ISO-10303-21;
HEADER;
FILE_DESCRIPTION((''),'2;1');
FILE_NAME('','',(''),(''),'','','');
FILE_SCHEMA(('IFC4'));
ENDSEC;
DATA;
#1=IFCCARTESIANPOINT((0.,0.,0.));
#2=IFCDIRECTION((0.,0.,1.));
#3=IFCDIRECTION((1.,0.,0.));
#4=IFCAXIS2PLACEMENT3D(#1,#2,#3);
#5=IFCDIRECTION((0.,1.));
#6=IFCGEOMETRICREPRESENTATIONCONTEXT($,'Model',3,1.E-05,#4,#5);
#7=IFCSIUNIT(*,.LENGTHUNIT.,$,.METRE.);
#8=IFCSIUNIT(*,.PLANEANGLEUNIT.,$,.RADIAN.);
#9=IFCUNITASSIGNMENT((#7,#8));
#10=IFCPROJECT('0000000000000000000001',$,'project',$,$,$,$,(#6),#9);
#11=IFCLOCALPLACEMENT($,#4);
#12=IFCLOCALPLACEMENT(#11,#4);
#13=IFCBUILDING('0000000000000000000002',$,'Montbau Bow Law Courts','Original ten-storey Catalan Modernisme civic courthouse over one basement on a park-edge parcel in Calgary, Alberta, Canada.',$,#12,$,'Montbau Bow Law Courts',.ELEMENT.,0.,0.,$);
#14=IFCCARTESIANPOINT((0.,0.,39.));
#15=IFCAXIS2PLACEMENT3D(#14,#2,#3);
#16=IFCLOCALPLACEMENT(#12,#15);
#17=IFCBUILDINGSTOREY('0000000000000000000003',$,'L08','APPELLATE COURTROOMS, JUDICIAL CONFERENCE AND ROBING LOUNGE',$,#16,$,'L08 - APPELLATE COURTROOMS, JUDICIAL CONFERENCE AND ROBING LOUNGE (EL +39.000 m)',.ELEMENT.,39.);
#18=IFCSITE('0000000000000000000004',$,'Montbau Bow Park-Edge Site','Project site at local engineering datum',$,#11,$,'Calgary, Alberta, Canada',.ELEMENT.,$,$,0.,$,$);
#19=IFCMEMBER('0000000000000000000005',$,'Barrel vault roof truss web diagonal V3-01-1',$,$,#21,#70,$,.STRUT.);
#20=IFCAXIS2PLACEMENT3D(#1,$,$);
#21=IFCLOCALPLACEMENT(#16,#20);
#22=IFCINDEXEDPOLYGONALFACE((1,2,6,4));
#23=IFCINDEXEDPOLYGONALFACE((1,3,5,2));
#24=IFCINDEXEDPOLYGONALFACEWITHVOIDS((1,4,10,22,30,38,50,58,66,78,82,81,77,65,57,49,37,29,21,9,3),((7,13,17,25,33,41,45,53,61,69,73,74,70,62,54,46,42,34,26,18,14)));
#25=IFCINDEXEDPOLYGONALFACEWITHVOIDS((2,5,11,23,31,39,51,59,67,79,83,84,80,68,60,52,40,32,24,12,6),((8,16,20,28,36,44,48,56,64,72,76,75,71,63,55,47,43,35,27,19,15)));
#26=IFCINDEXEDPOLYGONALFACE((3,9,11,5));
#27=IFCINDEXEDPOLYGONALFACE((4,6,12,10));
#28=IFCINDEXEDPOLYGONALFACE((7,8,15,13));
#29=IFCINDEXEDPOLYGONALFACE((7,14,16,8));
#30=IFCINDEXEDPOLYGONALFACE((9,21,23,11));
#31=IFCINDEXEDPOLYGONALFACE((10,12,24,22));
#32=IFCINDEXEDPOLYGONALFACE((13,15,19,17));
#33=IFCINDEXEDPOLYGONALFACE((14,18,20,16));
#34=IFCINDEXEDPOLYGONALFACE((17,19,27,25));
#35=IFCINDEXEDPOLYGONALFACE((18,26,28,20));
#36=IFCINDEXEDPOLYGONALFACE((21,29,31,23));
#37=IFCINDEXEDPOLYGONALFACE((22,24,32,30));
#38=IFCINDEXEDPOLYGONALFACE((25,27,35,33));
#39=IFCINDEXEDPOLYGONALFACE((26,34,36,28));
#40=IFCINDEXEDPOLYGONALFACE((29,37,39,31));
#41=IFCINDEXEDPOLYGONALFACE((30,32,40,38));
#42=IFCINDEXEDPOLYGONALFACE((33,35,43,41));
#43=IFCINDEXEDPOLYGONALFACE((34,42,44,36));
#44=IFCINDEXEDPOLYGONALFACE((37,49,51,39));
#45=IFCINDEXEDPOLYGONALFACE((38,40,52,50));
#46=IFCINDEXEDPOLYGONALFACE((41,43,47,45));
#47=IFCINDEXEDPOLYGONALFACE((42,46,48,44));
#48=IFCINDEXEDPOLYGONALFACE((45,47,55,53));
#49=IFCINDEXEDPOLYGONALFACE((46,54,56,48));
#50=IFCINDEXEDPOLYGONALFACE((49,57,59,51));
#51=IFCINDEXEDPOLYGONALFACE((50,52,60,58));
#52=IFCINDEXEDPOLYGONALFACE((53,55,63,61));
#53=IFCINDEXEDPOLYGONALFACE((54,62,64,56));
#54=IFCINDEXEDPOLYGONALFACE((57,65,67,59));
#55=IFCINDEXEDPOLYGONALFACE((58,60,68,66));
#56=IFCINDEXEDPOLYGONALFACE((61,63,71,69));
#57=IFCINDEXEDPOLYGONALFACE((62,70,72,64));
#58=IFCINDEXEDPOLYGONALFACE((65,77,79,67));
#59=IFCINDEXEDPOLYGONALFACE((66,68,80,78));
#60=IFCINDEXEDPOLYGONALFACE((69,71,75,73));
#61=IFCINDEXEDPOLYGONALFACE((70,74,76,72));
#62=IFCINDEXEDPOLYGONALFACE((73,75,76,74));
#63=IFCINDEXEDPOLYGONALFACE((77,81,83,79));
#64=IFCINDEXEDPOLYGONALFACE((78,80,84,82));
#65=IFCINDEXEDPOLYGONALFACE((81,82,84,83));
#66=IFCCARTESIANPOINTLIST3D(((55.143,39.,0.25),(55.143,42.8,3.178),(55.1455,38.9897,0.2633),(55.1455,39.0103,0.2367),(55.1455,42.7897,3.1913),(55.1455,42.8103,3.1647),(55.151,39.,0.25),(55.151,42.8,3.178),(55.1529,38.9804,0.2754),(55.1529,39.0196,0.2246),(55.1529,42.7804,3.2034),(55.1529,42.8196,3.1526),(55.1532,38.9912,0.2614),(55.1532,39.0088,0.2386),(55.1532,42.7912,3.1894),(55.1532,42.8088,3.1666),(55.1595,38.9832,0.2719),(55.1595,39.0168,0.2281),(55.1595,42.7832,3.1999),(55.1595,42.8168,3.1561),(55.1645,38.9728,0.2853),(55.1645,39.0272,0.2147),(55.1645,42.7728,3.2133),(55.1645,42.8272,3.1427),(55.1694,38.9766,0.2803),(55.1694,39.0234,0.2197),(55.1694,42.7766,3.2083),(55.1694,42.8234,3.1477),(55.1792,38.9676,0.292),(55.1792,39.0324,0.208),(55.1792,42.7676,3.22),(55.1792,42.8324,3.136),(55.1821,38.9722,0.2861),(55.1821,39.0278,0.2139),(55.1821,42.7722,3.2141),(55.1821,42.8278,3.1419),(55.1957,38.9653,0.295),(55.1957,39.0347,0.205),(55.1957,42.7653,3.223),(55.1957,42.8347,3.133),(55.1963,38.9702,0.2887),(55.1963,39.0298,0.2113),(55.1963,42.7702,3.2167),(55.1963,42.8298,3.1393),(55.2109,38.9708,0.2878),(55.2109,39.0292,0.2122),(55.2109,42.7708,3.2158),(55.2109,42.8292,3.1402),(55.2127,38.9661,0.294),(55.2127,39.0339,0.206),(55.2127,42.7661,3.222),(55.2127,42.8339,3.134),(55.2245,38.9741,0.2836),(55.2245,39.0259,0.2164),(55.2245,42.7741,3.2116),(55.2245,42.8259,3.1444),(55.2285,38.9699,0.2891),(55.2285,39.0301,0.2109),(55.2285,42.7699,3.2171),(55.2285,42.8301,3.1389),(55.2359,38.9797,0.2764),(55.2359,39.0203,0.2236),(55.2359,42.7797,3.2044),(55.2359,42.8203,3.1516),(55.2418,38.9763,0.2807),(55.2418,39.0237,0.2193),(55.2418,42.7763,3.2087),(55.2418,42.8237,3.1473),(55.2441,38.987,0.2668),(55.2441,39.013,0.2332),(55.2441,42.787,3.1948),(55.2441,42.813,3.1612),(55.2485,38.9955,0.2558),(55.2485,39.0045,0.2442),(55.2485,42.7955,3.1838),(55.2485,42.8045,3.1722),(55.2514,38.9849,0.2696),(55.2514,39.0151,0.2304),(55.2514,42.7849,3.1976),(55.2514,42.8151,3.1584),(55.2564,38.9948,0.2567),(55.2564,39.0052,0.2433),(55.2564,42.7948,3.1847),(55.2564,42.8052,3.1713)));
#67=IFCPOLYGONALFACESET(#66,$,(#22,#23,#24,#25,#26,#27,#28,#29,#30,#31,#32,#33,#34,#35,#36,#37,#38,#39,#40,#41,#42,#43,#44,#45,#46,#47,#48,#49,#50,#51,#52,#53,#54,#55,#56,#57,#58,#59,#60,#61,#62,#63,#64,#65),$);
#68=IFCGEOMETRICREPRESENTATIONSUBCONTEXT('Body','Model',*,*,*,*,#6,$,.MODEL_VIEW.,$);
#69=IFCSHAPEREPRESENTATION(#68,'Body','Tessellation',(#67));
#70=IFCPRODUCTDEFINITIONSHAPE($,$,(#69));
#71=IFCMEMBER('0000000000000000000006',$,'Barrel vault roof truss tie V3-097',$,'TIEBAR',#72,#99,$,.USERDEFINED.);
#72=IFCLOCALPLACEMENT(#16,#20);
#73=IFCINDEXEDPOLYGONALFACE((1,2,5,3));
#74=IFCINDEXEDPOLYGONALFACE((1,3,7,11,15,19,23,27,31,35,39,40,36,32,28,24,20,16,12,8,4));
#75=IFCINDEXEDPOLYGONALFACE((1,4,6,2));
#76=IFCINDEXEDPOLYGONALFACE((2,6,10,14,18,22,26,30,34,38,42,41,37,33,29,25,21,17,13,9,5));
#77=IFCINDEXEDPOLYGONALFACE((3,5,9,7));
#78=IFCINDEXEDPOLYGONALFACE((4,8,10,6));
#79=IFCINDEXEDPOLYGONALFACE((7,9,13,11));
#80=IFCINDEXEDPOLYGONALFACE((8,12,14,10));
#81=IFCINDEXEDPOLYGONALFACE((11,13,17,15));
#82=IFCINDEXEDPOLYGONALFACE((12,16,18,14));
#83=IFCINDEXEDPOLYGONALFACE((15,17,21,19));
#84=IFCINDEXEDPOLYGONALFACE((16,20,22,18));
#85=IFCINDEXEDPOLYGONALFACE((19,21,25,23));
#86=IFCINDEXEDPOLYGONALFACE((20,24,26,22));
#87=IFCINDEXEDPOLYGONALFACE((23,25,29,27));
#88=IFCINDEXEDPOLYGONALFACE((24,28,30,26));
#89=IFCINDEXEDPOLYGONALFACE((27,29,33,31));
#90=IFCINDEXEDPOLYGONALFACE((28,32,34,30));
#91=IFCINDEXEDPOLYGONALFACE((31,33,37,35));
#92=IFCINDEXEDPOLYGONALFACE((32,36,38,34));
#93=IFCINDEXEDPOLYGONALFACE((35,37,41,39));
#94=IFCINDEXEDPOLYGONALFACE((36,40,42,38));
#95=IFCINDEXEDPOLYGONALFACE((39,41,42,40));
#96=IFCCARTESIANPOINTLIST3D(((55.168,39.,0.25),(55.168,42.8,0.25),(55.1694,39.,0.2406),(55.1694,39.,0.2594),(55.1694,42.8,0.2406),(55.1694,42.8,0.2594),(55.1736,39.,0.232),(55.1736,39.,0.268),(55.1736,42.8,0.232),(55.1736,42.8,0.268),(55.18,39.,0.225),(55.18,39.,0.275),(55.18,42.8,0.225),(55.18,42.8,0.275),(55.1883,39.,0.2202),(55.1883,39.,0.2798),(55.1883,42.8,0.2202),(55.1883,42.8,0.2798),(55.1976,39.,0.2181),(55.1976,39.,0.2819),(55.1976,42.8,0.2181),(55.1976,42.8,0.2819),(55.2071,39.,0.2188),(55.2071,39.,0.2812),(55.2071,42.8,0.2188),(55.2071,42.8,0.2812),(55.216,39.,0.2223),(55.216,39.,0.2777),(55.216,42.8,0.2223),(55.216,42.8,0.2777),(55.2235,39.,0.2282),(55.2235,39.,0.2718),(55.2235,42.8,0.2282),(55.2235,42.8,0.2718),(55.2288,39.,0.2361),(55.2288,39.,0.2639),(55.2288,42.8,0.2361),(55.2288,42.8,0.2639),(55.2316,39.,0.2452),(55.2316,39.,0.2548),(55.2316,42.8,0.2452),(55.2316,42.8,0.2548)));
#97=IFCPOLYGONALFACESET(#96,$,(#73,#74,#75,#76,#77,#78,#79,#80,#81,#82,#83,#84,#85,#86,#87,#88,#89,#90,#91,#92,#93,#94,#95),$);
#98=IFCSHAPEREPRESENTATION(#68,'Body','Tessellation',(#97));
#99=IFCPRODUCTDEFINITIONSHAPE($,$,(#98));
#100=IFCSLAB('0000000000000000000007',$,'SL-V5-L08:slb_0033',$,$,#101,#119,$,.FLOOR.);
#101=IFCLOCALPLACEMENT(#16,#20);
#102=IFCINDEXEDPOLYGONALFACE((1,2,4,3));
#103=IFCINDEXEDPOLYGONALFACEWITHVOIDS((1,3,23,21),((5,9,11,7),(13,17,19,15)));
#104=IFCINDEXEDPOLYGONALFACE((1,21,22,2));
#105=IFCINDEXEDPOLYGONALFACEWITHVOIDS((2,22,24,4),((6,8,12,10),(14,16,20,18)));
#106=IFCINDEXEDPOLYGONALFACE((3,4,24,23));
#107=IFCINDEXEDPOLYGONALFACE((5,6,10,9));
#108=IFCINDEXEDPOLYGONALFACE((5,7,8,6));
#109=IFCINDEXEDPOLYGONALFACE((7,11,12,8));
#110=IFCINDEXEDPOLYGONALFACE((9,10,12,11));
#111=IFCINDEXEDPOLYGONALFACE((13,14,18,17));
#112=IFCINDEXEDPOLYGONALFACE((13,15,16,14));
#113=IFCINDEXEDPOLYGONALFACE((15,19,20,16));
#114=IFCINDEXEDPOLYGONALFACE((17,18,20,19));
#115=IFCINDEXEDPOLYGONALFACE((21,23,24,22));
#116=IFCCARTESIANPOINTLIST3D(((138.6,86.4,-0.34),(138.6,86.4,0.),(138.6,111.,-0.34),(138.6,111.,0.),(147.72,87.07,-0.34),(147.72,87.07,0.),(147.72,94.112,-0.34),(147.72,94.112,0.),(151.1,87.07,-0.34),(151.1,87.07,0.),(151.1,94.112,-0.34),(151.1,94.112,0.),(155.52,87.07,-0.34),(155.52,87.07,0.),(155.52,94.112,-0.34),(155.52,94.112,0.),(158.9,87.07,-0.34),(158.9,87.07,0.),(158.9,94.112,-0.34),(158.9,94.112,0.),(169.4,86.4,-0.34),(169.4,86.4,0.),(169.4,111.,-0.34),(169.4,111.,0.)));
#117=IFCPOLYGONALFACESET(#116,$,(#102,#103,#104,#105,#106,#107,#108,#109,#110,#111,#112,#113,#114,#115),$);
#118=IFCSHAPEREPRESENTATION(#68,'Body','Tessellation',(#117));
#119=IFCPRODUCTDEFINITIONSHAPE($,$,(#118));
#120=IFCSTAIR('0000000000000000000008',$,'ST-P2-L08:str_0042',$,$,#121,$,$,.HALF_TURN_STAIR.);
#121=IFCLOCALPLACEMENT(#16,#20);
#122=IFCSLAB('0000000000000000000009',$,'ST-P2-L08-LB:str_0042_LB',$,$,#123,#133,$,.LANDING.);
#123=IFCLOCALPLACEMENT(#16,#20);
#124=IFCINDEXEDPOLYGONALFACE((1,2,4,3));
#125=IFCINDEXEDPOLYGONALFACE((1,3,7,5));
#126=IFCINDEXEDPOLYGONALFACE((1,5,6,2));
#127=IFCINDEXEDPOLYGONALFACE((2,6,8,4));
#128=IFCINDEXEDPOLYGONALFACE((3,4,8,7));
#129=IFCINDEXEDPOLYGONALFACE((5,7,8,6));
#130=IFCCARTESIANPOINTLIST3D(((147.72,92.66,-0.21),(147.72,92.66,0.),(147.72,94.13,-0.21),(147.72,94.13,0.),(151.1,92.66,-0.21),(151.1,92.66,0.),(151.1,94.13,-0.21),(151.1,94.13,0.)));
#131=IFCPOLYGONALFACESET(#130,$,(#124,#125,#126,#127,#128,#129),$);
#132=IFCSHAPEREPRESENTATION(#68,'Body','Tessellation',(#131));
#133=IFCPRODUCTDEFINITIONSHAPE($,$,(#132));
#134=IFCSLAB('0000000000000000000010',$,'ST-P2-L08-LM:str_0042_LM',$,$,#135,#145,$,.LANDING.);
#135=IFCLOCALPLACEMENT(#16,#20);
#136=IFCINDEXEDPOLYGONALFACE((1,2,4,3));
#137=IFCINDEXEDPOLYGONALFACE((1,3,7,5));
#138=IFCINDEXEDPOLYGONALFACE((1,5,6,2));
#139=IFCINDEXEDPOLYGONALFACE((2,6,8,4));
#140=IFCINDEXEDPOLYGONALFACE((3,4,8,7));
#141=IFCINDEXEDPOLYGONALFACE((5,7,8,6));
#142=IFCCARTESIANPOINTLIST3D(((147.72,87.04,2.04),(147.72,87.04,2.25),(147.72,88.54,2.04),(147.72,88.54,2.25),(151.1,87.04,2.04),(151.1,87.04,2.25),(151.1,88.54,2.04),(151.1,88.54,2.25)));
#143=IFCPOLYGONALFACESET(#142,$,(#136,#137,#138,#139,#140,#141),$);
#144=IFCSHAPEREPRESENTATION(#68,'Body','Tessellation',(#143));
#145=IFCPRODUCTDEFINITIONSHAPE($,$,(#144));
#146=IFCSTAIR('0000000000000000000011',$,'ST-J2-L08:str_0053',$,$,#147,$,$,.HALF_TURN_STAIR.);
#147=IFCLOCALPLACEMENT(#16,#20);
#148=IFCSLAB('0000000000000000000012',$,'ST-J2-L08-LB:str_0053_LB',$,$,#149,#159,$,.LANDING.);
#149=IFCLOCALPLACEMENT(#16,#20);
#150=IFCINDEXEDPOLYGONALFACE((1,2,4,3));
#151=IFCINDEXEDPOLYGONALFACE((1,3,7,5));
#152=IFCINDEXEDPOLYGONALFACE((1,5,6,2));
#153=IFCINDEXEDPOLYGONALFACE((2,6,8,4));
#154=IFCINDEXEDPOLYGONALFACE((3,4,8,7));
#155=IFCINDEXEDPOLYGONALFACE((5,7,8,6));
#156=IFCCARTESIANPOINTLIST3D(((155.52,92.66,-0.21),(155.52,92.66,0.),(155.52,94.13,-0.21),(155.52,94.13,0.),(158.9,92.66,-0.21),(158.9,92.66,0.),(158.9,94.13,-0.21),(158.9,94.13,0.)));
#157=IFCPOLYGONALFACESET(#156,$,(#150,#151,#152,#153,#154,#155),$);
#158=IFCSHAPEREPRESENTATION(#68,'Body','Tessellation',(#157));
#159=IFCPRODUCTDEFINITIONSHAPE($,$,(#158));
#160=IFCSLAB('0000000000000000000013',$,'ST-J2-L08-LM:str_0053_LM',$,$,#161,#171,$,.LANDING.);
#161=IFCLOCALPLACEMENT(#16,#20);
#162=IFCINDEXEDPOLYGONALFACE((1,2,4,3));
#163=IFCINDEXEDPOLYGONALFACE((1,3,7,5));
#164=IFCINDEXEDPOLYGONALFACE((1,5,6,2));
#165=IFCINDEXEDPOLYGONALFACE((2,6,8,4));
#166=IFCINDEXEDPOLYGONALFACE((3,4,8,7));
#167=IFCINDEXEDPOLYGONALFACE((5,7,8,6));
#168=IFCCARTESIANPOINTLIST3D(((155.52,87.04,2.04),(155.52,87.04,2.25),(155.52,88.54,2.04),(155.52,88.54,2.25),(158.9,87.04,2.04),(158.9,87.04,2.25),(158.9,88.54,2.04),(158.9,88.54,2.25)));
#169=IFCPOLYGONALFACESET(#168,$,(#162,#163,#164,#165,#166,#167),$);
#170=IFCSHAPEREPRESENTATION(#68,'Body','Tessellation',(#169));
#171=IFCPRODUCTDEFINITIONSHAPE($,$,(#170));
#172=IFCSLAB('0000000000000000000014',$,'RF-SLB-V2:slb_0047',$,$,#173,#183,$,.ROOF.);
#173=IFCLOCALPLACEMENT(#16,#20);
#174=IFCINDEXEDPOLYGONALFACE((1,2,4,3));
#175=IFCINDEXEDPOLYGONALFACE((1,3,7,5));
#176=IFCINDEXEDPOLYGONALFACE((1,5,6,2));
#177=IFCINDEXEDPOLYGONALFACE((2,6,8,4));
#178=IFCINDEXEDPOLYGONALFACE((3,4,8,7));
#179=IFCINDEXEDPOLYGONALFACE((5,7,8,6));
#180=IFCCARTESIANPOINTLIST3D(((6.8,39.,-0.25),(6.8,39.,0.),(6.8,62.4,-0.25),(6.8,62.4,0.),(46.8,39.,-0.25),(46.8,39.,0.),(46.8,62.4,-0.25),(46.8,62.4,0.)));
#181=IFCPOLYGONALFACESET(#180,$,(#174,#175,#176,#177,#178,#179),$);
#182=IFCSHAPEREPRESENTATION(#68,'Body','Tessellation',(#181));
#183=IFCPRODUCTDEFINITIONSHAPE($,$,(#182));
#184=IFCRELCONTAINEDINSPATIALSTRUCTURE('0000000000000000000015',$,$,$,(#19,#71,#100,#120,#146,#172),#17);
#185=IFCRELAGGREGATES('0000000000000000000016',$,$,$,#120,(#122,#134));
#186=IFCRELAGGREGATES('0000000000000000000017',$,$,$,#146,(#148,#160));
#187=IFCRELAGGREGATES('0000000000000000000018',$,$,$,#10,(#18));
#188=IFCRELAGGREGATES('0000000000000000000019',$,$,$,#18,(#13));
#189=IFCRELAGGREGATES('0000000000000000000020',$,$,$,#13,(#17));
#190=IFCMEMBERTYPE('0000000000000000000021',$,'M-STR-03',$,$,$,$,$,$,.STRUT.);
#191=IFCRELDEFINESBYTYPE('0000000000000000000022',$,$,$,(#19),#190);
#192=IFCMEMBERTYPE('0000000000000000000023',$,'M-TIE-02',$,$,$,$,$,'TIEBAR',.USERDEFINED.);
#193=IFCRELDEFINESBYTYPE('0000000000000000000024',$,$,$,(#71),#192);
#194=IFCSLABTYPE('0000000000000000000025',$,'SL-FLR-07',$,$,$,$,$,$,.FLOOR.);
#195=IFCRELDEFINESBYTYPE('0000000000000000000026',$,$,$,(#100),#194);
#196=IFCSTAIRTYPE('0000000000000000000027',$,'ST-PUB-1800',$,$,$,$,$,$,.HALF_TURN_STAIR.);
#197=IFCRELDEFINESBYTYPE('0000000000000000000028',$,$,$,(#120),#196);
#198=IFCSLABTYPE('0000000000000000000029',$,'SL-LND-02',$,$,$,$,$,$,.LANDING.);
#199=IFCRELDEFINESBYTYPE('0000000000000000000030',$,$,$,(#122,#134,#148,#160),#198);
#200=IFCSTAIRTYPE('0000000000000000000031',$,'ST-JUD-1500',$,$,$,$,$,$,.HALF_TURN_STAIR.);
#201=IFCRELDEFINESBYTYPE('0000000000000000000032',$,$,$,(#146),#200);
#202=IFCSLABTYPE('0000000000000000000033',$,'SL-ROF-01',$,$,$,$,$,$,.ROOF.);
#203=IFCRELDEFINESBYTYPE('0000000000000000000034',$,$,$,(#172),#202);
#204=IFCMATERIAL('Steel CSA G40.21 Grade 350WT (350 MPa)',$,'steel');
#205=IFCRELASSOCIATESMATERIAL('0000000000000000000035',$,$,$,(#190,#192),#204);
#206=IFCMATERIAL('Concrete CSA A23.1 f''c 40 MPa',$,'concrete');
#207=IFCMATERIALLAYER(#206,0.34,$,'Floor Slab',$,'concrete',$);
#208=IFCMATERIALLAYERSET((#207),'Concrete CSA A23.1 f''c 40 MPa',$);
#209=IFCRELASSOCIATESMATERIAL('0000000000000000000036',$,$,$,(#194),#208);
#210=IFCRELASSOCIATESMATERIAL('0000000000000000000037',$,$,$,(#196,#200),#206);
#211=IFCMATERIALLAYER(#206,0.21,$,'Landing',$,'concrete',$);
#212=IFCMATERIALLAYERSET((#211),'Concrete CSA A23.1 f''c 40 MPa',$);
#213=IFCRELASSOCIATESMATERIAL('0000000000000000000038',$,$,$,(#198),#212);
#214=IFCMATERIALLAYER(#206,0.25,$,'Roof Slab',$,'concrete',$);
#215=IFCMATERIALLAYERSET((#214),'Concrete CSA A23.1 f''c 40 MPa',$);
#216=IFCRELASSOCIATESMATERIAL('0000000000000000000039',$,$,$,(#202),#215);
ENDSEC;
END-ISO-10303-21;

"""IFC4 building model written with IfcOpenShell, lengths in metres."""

from ifc_helpers import new_model, si_unit, direction, frame, origin_with_axes, origin_2d_with_axis, place, context, subcontext, project, spatial, polyline, circle, hollow_circle, outline, extrude, material, layer, layer_set, material_profile, profile_set, type_object, element, aggregate, save


model = new_model("IFC4")

# Units and contexts
model_context = context("Model", 3, precision=1e-05, world=origin_with_axes(), true_north=direction((0.0, 1.0)))
body_context = subcontext(model_context, "Body", "Model", "MODEL_VIEW")
ifc_project = project(units=[si_unit("LENGTHUNIT", "METRE"), si_unit("PLANEANGLEUNIT", "RADIAN")], contexts=[model_context])

# Site, building, storey
site_placement = place(None, origin_with_axes())
site = spatial("IfcSite", under=ifc_project, at=site_placement, Name="Montbau Bow Park-Edge Site", Description="Project site at local engineering datum", LongName="Calgary, Alberta, Canada", CompositionType="ELEMENT", RefElevation=0.0)
building_placement = place(site_placement, origin_with_axes())
building = spatial("IfcBuilding", under=site, at=building_placement, Name="Montbau Bow Law Courts", Description="Original ten-storey Catalan Modernisme civic courthouse over one basement on a park-edge parcel in Calgary, Alberta, Canada.", LongName="Montbau Bow Law Courts", CompositionType="ELEMENT", ElevationOfRefHeight=0.0, ElevationOfTerrain=0.0)
storey_placement = place(building_placement, frame((0.0, 0.0, 39.0), z_axis=(0.0, 0.0, 1.0), x_axis=(1.0, 0.0, 0.0)))
storey = spatial("IfcBuildingStorey", under=building, at=storey_placement, Name="L08", Description="APPELLATE COURTROOMS, JUDICIAL CONFERENCE AND ROBING LOUNGE", LongName="L08 - APPELLATE COURTROOMS, JUDICIAL CONFERENCE AND ROBING LOUNGE (EL +39.000 m)", CompositionType="ELEMENT", Elevation=39.0)

# Shared definitions
ifc_material_1 = material(Name="Steel CSA G40.21 Grade 350WT (350 MPa)", Category="steel")

# Members
ifc_material_profile_1 = material_profile(ifc_material_1, hollow_circle(Radius=0.057, WallThickness=0.008, at=origin_2d_with_axis()), Name="HSS114X8.0", Category="Main", Priority=0)
ifc_profile_set_1 = profile_set([ifc_material_profile_1], Name="Steel CSA G40.21 Grade 350WT (350 MPa)")
member_type_1 = type_object("IfcMemberType", Name="M-STR-03", PredefinedType="STRUT", material=ifc_profile_set_1)
member_1_placement = place(None, frame((55.2, 39.0, 39.25), z_axis=(0.0, 0.792128, 0.610355), x_axis=(-1.0, 0.0, 0.0)))
element("IfcMember", 1, at=member_1_placement, inside=storey, type_object=member_type_1, Name="Barrel vault roof truss web diagonal V3-01-1", PredefinedType="STRUT", context=body_context, shape_type="SweptSolid", body=[
    extrude(hollow_circle(Radius=0.057, WallThickness=0.008, at=origin_2d_with_axis()), origin_with_axes(), (0.0, 0.0, 1.0), 4.7972),
])
ifc_material_profile_2 = material_profile(ifc_material_1, circle(Radius=0.032, at=origin_2d_with_axis()), Name="ROD64", Category="Main", Priority=0)
ifc_profile_set_2 = profile_set([ifc_material_profile_2], Name="Steel CSA G40.21 Grade 350WT (350 MPa)")
member_type_2 = type_object("IfcMemberType", Name="M-TIE-02", ElementType="TIEBAR", PredefinedType="USERDEFINED", material=ifc_profile_set_2)
member_2_placement = place(None, frame((55.2, 39.0, 39.25), z_axis=(0.0, 1.0, 0.0), x_axis=(-1.0, 0.0, 0.0)))
element("IfcMember", 2, at=member_2_placement, inside=storey, type_object=member_type_2, Name="Barrel vault roof truss tie V3-097", ObjectType="TIEBAR", PredefinedType="USERDEFINED", context=body_context, shape_type="SweptSolid", body=[
    extrude(circle(Radius=0.032, at=origin_2d_with_axis()), origin_with_axes(), (0.0, 0.0, 1.0), 3.8),
])

# Slab
ifc_material_2 = material(Name="Concrete CSA A23.1 f'c 40 MPa", Category="concrete")
ifc_layer_1 = layer(ifc_material_2, 0.34, Name="Floor Slab", Category="concrete")
ifc_layer_set_1 = layer_set([ifc_layer_1], Name="Concrete CSA A23.1 f'c 40 MPa")
slab_type_1 = type_object("IfcSlabType", Name="SL-FLR-07", PredefinedType="FLOOR", material=ifc_layer_set_1)
slab_1_placement = place(None, frame((0.0, 0.0, 38.66), z_axis=(0.0, 0.0, 1.0), x_axis=(1.0, 0.0, 0.0)))
element("IfcSlab", 3, at=slab_1_placement, inside=storey, type_object=slab_type_1, Name="SL-V5-L08:slb_0033", PredefinedType="FLOOR", context=body_context, shape_type="SweptSolid", body=[
    extrude(outline(polyline([(138.6, 86.4), (169.4, 86.4), (169.4, 111.0), (138.6, 111.0), (138.6, 86.4)]), holes=[polyline([(147.72, 87.07), (151.1, 87.07), (151.1, 94.112), (147.72, 94.112), (147.72, 87.07)]), polyline([(155.52, 87.07), (158.9, 87.07), (158.9, 94.112), (155.52, 94.112), (155.52, 87.07)])]), origin_with_axes(), (0.0, 0.0, 1.0), 0.34),
])

# Stairs, slabs
stair_type_1 = type_object("IfcStairType", Name="ST-PUB-1800", PredefinedType="HALF_TURN_STAIR", material=ifc_material_2)
stair_1_placement = place(None, frame((148.53, 92.7, 39.0), z_axis=(0.0, 0.0, 1.0), x_axis=(1.0, 0.0, 0.0)))
stair_1 = element("IfcStair", 4, at=stair_1_placement, inside=storey, type_object=stair_type_1, Name="ST-P2-L08:str_0042", PredefinedType="HALF_TURN_STAIR")
ifc_layer_2 = layer(ifc_material_2, 0.21, Name="Landing", Category="concrete")
ifc_layer_set_2 = layer_set([ifc_layer_2], Name="Concrete CSA A23.1 f'c 40 MPa")
slab_type_2 = type_object("IfcSlabType", Name="SL-LND-02", PredefinedType="LANDING", material=ifc_layer_set_2)
slab_2_placement = place(None, frame((0.0, 0.0, 38.79), z_axis=(0.0, 0.0, 1.0), x_axis=(1.0, 0.0, 0.0)))
slab_2 = element("IfcSlab", 5, at=slab_2_placement, type_object=slab_type_2, Name="ST-P2-L08-LB:str_0042_LB", PredefinedType="LANDING", context=body_context, shape_type="SweptSolid", body=[
    extrude(outline(polyline([(147.72, 92.66), (151.1, 92.66), (151.1, 94.13), (147.72, 94.13), (147.72, 92.66)])), origin_with_axes(), (0.0, 0.0, 1.0), 0.21),
])
slab_3_placement = place(None, frame((0.0, 0.0, 41.04), z_axis=(0.0, 0.0, 1.0), x_axis=(1.0, 0.0, 0.0)))
slab_3 = element("IfcSlab", 6, at=slab_3_placement, type_object=slab_type_2, Name="ST-P2-L08-LM:str_0042_LM", PredefinedType="LANDING", context=body_context, shape_type="SweptSolid", body=[
    extrude(outline(polyline([(147.72, 87.04), (151.1, 87.04), (151.1, 88.54), (147.72, 88.54), (147.72, 87.04)])), origin_with_axes(), (0.0, 0.0, 1.0), 0.21),
])
aggregate(stair_1, [slab_2, slab_3])
stair_type_2 = type_object("IfcStairType", Name="ST-JUD-1500", PredefinedType="HALF_TURN_STAIR", material=ifc_material_2)
stair_2_placement = place(None, frame((156.29, 92.7, 39.0), z_axis=(0.0, 0.0, 1.0), x_axis=(1.0, 0.0, 0.0)))
stair_2 = element("IfcStair", 7, at=stair_2_placement, inside=storey, type_object=stair_type_2, Name="ST-J2-L08:str_0053", PredefinedType="HALF_TURN_STAIR")
slab_4_placement = place(None, frame((0.0, 0.0, 38.79), z_axis=(0.0, 0.0, 1.0), x_axis=(1.0, 0.0, 0.0)))
slab_4 = element("IfcSlab", 8, at=slab_4_placement, type_object=slab_type_2, Name="ST-J2-L08-LB:str_0053_LB", PredefinedType="LANDING", context=body_context, shape_type="SweptSolid", body=[
    extrude(outline(polyline([(155.52, 92.66), (158.9, 92.66), (158.9, 94.13), (155.52, 94.13), (155.52, 92.66)])), origin_with_axes(), (0.0, 0.0, 1.0), 0.21),
])
slab_5_placement = place(None, frame((0.0, 0.0, 41.04), z_axis=(0.0, 0.0, 1.0), x_axis=(1.0, 0.0, 0.0)))
slab_5 = element("IfcSlab", 9, at=slab_5_placement, type_object=slab_type_2, Name="ST-J2-L08-LM:str_0053_LM", PredefinedType="LANDING", context=body_context, shape_type="SweptSolid", body=[
    extrude(outline(polyline([(155.52, 87.04), (158.9, 87.04), (158.9, 88.54), (155.52, 88.54), (155.52, 87.04)])), origin_with_axes(), (0.0, 0.0, 1.0), 0.21),
])
aggregate(stair_2, [slab_4, slab_5])

# Slab
ifc_layer_3 = layer(ifc_material_2, 0.25, Name="Roof Slab", Category="concrete")
ifc_layer_set_3 = layer_set([ifc_layer_3], Name="Concrete CSA A23.1 f'c 40 MPa")
slab_type_3 = type_object("IfcSlabType", Name="SL-ROF-01", PredefinedType="ROOF", material=ifc_layer_set_3)
slab_6_placement = place(None, frame((0.0, 0.0, 38.75), z_axis=(0.0, 0.0, 1.0), x_axis=(1.0, 0.0, 0.0)))
element("IfcSlab", 10, at=slab_6_placement, inside=storey, type_object=slab_type_3, Name="RF-SLB-V2:slb_0047", PredefinedType="ROOF", context=body_context, shape_type="SweptSolid", body=[
    extrude(outline(polyline([(6.8, 39.0), (46.8, 39.0), (46.8, 62.4), (6.8, 62.4), (6.8, 39.0)])), origin_with_axes(), (0.0, 0.0, 1.0), 0.25),
])

save(model, "model.ifc")
